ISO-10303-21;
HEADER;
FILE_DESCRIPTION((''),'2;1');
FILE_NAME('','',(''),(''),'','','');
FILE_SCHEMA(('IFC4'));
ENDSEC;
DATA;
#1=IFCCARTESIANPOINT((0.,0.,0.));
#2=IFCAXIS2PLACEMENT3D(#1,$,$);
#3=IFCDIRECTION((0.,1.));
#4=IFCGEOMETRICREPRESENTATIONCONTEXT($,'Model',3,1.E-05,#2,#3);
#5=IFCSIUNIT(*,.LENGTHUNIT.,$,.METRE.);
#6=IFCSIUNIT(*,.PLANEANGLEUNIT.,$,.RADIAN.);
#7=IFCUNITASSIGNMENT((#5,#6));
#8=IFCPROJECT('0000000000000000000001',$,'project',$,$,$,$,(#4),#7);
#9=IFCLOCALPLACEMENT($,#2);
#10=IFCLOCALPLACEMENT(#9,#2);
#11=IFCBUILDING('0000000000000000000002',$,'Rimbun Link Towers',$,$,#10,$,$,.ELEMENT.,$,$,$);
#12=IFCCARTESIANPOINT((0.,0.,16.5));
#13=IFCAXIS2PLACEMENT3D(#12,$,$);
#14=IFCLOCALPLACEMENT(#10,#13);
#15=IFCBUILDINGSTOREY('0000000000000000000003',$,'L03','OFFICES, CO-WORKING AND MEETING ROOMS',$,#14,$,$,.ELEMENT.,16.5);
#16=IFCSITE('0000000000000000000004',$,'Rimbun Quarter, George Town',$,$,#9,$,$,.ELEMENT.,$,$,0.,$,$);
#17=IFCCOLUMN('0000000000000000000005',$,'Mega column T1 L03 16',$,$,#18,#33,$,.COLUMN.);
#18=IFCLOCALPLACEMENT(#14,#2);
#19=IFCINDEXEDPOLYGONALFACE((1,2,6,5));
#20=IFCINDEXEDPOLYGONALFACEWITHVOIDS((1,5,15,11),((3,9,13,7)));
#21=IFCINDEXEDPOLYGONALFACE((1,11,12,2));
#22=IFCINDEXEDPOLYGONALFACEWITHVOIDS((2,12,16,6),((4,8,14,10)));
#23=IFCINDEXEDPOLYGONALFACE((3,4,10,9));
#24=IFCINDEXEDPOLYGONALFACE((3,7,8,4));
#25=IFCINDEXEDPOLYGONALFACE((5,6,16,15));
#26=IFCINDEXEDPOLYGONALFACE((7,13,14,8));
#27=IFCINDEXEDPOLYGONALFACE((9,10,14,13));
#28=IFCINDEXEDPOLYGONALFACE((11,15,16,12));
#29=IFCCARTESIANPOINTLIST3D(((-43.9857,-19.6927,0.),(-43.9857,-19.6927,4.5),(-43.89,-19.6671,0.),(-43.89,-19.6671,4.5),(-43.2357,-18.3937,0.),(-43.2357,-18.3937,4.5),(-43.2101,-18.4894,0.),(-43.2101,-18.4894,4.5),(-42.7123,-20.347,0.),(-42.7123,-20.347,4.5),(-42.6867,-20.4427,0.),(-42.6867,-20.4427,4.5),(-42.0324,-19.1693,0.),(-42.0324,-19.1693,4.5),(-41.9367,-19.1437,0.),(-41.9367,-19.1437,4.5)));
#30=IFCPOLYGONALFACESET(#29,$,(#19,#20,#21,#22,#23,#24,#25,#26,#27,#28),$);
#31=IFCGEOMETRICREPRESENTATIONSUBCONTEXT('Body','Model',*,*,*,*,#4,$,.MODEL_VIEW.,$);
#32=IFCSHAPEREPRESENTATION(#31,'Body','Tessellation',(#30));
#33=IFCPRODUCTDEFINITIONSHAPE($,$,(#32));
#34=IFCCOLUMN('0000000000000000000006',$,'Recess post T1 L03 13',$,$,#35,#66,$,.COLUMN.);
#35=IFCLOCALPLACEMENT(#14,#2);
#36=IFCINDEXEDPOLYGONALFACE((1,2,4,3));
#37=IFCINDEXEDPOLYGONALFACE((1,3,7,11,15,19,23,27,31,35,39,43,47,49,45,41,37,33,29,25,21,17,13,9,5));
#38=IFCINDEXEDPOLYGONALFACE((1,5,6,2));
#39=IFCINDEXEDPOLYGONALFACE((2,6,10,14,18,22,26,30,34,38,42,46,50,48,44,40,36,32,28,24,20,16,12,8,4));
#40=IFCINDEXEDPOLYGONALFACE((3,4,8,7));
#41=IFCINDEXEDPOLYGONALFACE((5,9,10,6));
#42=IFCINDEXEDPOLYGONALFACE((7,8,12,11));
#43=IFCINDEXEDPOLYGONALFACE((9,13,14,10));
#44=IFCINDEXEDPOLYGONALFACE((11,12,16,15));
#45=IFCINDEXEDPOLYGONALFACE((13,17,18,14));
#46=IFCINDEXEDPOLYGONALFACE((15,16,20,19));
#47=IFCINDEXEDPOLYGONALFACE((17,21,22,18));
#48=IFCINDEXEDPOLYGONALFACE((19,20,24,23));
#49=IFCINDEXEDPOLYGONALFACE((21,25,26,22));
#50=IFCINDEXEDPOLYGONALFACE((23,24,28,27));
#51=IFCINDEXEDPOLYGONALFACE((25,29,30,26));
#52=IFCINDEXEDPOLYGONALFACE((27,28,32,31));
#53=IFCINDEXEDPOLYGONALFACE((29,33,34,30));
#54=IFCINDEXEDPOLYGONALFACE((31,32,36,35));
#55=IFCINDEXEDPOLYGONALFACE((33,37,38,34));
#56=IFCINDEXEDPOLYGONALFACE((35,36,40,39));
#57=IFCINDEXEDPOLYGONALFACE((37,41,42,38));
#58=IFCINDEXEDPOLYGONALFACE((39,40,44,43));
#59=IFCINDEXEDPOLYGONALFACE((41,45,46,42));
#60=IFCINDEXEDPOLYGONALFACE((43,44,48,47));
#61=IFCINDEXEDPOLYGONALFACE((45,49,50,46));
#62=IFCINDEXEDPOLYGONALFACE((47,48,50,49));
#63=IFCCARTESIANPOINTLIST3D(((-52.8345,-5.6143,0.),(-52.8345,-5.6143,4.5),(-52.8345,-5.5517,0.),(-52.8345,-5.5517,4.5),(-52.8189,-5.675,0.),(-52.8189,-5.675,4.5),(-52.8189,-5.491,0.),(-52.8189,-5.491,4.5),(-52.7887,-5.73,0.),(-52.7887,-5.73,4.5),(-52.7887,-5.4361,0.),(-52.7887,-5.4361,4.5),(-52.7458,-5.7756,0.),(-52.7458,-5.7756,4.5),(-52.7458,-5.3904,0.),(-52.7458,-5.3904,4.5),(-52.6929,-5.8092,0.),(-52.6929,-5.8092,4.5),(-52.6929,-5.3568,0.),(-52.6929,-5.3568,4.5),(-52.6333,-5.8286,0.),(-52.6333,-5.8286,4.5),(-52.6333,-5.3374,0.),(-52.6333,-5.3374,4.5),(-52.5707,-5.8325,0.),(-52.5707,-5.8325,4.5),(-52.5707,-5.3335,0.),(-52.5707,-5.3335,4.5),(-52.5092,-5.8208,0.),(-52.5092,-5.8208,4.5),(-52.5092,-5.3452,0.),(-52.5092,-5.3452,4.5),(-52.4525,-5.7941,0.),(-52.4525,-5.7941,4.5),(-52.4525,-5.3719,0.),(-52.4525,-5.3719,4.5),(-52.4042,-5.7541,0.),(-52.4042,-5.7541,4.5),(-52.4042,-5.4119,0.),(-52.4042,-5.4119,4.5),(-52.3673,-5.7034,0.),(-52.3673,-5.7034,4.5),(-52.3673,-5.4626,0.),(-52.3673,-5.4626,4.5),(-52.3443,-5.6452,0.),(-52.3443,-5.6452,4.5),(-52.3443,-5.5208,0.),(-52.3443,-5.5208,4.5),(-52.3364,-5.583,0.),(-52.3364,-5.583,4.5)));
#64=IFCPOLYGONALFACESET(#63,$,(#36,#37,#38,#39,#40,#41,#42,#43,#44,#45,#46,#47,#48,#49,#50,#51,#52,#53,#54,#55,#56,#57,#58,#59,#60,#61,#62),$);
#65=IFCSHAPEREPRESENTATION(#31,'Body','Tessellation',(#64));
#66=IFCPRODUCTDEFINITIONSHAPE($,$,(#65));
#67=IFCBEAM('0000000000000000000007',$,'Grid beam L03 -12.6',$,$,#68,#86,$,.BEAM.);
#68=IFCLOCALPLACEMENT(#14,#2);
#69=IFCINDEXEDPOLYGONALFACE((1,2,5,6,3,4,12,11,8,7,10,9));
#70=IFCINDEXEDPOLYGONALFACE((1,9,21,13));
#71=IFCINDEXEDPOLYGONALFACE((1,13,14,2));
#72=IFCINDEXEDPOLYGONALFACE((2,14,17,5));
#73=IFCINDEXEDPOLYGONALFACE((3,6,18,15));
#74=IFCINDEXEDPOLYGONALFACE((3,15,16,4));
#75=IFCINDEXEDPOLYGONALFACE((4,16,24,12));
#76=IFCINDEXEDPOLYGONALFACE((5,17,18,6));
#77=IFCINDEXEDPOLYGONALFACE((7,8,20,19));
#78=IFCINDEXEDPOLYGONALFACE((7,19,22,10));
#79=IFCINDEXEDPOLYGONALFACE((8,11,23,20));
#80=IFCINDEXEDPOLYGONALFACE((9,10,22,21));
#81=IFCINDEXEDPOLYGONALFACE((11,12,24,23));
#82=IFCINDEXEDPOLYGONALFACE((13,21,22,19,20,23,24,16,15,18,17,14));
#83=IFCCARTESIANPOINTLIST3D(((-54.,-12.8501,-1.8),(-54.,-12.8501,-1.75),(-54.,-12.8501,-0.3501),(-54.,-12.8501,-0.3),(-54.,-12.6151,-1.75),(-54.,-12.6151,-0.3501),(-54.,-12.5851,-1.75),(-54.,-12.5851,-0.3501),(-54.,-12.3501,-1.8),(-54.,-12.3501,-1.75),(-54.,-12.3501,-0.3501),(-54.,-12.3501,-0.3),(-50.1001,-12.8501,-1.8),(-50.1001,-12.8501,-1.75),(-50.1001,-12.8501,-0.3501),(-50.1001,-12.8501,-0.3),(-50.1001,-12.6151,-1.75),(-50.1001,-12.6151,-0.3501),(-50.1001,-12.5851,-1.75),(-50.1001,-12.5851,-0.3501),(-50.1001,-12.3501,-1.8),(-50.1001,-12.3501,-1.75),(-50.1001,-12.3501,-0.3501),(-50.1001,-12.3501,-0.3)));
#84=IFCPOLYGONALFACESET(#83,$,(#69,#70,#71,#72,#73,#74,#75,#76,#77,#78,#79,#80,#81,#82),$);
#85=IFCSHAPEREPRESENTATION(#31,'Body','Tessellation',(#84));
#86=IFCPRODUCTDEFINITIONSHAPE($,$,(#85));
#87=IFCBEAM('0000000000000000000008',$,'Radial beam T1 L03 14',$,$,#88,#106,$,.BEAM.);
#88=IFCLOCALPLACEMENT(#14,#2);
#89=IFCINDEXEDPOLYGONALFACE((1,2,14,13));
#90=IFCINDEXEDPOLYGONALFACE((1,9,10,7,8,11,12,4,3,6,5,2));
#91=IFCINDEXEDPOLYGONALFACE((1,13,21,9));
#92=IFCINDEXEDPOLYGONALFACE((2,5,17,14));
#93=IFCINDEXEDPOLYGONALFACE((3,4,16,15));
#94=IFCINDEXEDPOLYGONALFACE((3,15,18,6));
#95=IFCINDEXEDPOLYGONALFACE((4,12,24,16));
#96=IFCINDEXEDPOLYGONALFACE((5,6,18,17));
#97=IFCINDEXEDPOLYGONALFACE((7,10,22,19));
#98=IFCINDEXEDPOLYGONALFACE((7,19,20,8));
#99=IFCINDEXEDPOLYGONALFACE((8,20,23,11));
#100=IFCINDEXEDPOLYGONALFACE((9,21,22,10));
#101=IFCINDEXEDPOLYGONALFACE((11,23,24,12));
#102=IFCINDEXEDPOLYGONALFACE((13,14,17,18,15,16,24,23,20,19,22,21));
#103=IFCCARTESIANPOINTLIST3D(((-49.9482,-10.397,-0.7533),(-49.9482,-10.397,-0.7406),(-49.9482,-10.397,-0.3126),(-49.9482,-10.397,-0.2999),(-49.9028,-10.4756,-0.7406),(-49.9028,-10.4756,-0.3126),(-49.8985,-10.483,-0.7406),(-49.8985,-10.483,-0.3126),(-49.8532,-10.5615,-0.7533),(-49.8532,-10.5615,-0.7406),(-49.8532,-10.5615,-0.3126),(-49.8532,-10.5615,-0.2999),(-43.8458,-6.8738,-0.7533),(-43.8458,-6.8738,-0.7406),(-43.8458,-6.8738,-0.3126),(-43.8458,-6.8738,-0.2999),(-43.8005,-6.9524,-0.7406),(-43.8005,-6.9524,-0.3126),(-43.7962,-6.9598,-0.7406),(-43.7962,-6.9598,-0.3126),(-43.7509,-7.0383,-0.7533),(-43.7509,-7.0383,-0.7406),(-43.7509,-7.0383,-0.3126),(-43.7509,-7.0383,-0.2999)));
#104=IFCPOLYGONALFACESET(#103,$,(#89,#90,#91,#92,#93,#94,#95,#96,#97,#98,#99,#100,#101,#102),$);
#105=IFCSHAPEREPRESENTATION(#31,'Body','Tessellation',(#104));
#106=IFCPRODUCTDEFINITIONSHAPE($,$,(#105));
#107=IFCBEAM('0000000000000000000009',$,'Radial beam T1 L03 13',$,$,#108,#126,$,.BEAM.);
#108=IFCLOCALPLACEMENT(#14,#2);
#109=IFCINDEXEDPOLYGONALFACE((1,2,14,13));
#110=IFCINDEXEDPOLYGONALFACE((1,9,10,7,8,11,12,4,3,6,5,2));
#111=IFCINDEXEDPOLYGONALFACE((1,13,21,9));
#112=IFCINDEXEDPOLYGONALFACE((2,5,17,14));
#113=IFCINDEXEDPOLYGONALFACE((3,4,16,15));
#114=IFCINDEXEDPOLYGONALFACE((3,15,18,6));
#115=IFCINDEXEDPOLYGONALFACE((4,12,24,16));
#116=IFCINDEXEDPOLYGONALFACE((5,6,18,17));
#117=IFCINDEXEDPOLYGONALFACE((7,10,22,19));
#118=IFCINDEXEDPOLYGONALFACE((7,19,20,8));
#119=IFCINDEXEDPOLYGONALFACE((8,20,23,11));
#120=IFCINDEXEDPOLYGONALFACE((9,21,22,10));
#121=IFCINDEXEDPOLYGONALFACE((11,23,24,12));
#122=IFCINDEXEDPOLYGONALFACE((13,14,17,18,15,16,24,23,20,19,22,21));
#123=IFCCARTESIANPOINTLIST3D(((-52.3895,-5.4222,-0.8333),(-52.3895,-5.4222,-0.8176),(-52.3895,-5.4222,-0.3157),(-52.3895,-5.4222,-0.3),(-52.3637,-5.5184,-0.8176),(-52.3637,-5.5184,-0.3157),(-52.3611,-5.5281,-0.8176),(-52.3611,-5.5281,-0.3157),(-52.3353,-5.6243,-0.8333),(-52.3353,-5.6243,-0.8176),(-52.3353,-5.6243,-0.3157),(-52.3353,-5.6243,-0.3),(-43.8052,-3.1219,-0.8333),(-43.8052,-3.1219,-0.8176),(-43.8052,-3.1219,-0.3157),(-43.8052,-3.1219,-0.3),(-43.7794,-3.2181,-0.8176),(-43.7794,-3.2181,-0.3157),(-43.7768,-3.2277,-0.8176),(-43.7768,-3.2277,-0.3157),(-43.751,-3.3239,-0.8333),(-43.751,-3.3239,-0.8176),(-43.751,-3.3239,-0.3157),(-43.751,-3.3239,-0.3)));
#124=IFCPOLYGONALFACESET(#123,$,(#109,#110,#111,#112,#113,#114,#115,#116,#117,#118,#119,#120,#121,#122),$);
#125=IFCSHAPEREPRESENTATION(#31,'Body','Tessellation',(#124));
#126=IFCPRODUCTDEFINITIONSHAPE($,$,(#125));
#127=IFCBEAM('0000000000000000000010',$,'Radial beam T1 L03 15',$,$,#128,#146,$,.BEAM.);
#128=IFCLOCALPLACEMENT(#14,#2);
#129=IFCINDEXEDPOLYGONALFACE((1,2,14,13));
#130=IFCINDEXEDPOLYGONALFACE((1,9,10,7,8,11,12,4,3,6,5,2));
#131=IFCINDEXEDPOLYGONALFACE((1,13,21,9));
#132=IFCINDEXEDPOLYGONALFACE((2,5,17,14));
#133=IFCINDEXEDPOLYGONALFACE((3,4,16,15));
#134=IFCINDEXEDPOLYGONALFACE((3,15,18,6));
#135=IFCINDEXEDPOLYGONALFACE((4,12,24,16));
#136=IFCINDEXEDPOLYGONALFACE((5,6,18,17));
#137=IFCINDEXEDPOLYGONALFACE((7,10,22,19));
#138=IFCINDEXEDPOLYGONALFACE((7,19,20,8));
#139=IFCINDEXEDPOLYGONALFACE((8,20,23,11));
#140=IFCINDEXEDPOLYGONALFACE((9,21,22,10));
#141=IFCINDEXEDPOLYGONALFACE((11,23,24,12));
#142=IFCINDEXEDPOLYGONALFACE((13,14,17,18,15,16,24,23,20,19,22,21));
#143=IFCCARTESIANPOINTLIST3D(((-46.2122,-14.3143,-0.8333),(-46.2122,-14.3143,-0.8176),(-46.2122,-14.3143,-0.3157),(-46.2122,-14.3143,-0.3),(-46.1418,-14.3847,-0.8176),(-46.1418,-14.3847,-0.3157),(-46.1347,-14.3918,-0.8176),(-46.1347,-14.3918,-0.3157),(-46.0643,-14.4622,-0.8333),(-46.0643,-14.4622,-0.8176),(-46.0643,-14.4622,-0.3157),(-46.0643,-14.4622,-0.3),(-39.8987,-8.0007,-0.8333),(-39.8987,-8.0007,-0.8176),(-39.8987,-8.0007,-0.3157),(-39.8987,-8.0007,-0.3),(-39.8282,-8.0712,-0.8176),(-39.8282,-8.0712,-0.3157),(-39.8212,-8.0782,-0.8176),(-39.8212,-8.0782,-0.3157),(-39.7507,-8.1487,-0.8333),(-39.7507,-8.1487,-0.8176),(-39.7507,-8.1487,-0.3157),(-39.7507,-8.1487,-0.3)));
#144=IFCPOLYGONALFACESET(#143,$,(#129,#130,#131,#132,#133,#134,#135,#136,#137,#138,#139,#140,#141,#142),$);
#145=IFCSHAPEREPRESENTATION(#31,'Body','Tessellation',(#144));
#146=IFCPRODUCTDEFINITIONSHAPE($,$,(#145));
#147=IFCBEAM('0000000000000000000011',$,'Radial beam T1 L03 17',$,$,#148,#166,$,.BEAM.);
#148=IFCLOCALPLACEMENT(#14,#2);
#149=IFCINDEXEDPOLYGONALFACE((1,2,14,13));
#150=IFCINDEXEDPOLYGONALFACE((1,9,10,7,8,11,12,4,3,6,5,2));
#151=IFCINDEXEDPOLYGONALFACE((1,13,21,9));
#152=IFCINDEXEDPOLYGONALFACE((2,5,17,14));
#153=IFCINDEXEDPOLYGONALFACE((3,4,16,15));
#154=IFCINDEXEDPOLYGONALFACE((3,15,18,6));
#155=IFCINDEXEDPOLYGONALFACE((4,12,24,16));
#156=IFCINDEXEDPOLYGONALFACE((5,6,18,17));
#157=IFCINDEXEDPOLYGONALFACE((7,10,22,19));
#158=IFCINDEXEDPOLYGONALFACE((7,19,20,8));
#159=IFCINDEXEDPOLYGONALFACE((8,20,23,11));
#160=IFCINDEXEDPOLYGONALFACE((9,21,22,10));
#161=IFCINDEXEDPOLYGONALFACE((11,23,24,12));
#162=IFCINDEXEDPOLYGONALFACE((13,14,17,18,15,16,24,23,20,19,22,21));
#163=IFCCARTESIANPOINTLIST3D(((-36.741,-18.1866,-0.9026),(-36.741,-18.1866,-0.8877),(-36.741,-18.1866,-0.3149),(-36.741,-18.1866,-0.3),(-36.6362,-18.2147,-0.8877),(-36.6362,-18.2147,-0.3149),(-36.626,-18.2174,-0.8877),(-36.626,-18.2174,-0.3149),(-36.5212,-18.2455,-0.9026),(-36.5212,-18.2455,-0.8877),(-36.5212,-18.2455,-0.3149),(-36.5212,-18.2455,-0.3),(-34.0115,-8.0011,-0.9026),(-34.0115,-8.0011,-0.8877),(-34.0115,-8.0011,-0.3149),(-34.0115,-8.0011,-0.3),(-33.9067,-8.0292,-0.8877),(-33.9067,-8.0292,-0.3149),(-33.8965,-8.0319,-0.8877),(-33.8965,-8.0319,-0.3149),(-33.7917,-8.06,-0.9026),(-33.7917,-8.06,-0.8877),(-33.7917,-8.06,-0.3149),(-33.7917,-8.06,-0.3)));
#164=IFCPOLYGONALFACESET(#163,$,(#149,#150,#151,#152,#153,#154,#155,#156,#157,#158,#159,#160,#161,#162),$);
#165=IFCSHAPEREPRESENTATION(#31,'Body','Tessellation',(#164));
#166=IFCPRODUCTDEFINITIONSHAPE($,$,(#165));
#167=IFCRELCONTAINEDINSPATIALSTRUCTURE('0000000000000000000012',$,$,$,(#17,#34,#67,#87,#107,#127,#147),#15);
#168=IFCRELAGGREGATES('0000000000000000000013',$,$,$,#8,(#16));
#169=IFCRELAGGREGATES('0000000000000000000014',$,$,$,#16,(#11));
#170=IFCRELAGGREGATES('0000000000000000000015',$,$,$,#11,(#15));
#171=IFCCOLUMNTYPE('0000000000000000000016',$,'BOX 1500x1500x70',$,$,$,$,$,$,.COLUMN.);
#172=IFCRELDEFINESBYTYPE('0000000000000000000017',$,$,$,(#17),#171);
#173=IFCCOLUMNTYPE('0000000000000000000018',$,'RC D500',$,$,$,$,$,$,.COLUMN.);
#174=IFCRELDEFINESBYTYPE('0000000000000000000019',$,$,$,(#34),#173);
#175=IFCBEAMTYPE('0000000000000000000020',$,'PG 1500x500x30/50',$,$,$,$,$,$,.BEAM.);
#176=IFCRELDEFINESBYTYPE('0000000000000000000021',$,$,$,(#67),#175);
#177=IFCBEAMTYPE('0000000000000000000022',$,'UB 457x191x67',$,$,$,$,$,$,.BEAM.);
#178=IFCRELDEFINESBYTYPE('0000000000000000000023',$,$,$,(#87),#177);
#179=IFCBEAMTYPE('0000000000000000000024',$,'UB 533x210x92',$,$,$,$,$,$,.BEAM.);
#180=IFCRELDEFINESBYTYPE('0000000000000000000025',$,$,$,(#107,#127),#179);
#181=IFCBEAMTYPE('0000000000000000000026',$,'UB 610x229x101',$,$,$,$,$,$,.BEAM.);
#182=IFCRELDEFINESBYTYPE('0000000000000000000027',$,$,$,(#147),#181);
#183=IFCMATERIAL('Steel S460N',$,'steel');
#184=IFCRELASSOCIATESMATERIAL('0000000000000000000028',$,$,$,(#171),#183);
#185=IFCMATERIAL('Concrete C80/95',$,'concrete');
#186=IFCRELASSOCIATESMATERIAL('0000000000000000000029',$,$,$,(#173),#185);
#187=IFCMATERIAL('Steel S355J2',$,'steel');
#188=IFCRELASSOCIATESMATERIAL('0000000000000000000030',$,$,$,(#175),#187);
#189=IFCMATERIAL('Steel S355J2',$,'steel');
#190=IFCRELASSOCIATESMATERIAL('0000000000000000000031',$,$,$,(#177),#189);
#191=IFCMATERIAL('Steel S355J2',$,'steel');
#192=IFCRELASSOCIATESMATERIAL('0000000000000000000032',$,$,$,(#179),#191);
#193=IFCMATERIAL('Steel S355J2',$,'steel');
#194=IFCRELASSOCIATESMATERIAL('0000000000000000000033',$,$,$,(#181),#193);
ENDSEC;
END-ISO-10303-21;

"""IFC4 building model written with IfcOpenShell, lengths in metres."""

from ifc_helpers import new_model, si_unit, direction, frame, origin, origin_2d, place, context, subcontext, project, spatial, hollow_rectangle, circle, i_section, extrude, material, material_profile, profile_set, type_object, element, save


model = new_model("IFC4")

# Units and contexts
model_context = context("Model", 3, precision=1e-05, world=origin(), true_north=direction((0.0, 1.0)))
body_context = subcontext(model_context, "Body", "Model", "MODEL_VIEW")
ifc_project = project(units=[si_unit("LENGTHUNIT", "METRE"), si_unit("PLANEANGLEUNIT", "RADIAN")], contexts=[model_context])

# Site, building, storey
site_placement = place(None, origin())
site = spatial("IfcSite", under=ifc_project, at=site_placement, Name="Rimbun Quarter, George Town", CompositionType="ELEMENT", RefElevation=0.0)
building_placement = place(site_placement, origin())
building = spatial("IfcBuilding", under=site, at=building_placement, Name="Rimbun Link Towers", CompositionType="ELEMENT")
storey_placement = place(building_placement, frame((0.0, 0.0, 16.5)))
storey = spatial("IfcBuildingStorey", under=building, at=storey_placement, Name="L03", Description="OFFICES, CO-WORKING AND MEETING ROOMS", CompositionType="ELEMENT", Elevation=16.5)

# Columns
ifc_material_1 = material(Name="Steel S460N", Category="steel")
ifc_material_profile_1 = material_profile(ifc_material_1, hollow_rectangle(XDim=1.5, YDim=1.5, WallThickness=0.0701, at=origin_2d()), Name="BOX 1500x1500x70")
ifc_profile_set_1 = profile_set([ifc_material_profile_1], Name="Steel S460N")
column_type_1 = type_object("IfcColumnType", Name="BOX 1500x1500x70", PredefinedType="COLUMN", material=ifc_profile_set_1)
column_1_placement = place(storey_placement, frame((-42.9612, -19.4182, 0.0), z_axis=(0.0, 0.0, 1.0), x_axis=(-0.5, -0.866025, 0.0)))
element("IfcColumn", 1, at=column_1_placement, inside=storey, type_object=column_type_1, Name="Mega column T1 L03 16", PredefinedType="COLUMN", context=body_context, shape_type="SweptSolid", body=[
    extrude(hollow_rectangle(XDim=1.5, YDim=1.5, WallThickness=0.0701, at=origin_2d()), origin(), (0.0, 0.0, 1.0), 4.5),
])
ifc_material_2 = material(Name="Concrete C80/95", Category="concrete")
ifc_material_profile_2 = material_profile(ifc_material_2, circle(Radius=0.25, at=origin_2d()), Name="RC D500")
ifc_profile_set_2 = profile_set([ifc_material_profile_2], Name="Concrete C80/95")
column_type_2 = type_object("IfcColumnType", Name="RC D500", PredefinedType="COLUMN", material=ifc_profile_set_2)
column_2_placement = place(storey_placement, frame((-52.5864, -5.583, 0.0), z_axis=(0.0, 0.0, 1.0), x_axis=(1.0, 0.0, 0.0)))
element("IfcColumn", 2, at=column_2_placement, inside=storey, type_object=column_type_2, Name="Recess post T1 L03 13", PredefinedType="COLUMN", context=body_context, shape_type="SweptSolid", body=[
    extrude(circle(Radius=0.25, at=origin_2d()), origin(), (0.0, 0.0, 1.0), 4.5),
])

# Beams
ifc_material_3 = material(Name="Steel S355J2", Category="steel")
ifc_material_profile_3 = material_profile(ifc_material_3, i_section(OverallWidth=0.5, OverallDepth=1.5, WebThickness=0.03, FlangeThickness=0.05, at=origin_2d()), Name="PG 1500x500x30/50")
ifc_profile_set_3 = profile_set([ifc_material_profile_3], Name="Steel S355J2")
beam_type_1 = type_object("IfcBeamType", Name="PG 1500x500x30/50", PredefinedType="BEAM", material=ifc_profile_set_3)
beam_1_placement = place(storey_placement, frame((-54.0, -12.6001, -1.05), z_axis=(1.0, 0.0, 0.0), x_axis=(0.0, 1.0, 0.0)))
element("IfcBeam", 3, at=beam_1_placement, inside=storey, type_object=beam_type_1, Name="Grid beam L03 -12.6", PredefinedType="BEAM", context=body_context, shape_type="SweptSolid", body=[
    extrude(i_section(OverallWidth=0.5, OverallDepth=1.5, WebThickness=0.03, FlangeThickness=0.05, at=origin_2d()), origin(), (0.0, 0.0, 1.0), 3.8999),
])
ifc_material_4 = material(Name="Steel S355J2", Category="steel")
ifc_material_profile_4 = material_profile(ifc_material_4, i_section(OverallWidth=0.1899, OverallDepth=0.4534, WebThickness=0.0085, FlangeThickness=0.0127, at=origin_2d()), Name="UB 457x191x67")
ifc_profile_set_4 = profile_set([ifc_material_profile_4], Name="Steel S355J2")
beam_type_2 = type_object("IfcBeamType", Name="UB 457x191x67", PredefinedType="BEAM", material=ifc_profile_set_4)
beam_2_placement = place(storey_placement, frame((-43.7983, -6.9561, -0.5266), z_axis=(-0.866023, -0.500003, 0.0), x_axis=(0.500003, -0.866023, 0.0)))
element("IfcBeam", 4, at=beam_2_placement, inside=storey, type_object=beam_type_2, Name="Radial beam T1 L03 14", PredefinedType="BEAM", context=body_context, shape_type="SweptSolid", body=[
    extrude(i_section(OverallWidth=0.1899, OverallDepth=0.4534, WebThickness=0.0085, FlangeThickness=0.0127, at=origin_2d()), origin(), (0.0, 0.0, 1.0), 7.0464),
])
ifc_material_5 = material(Name="Steel S355J2", Category="steel")
ifc_material_profile_5 = material_profile(ifc_material_5, i_section(OverallWidth=0.2092, OverallDepth=0.5332, WebThickness=0.01, FlangeThickness=0.0156, at=origin_2d()), Name="UB 533x210x92")
ifc_profile_set_5 = profile_set([ifc_material_profile_5], Name="Steel S355J2")
beam_type_3 = type_object("IfcBeamType", Name="UB 533x210x92", PredefinedType="BEAM", material=ifc_profile_set_5)
beam_3_placement = place(storey_placement, frame((-43.7781, -3.2229, -0.5667), z_axis=(-0.965921, -0.258835, 0.0), x_axis=(0.258835, -0.965921, 0.0)))
element("IfcBeam", 5, at=beam_3_placement, inside=storey, type_object=beam_type_3, Name="Radial beam T1 L03 13", PredefinedType="BEAM", context=body_context, shape_type="SweptSolid", body=[
    extrude(i_section(OverallWidth=0.2092, OverallDepth=0.5332, WebThickness=0.01, FlangeThickness=0.0156, at=origin_2d()), origin(), (0.0, 0.0, 1.0), 8.8872),
])
beam_4_placement = place(storey_placement, frame((-39.8247, -8.0747, -0.5667), z_axis=(-0.707107, -0.707107, 0.0), x_axis=(0.707107, -0.707107, 0.0)))
element("IfcBeam", 6, at=beam_4_placement, inside=storey, type_object=beam_type_3, Name="Radial beam T1 L03 15", PredefinedType="BEAM", context=body_context, shape_type="SweptSolid", body=[
    extrude(i_section(OverallWidth=0.2092, OverallDepth=0.5332, WebThickness=0.01, FlangeThickness=0.0156, at=origin_2d()), origin(), (0.0, 0.0, 1.0), 8.9287),
])
ifc_material_6 = material(Name="Steel S355J2", Category="steel")
ifc_material_profile_6 = material_profile(ifc_material_6, i_section(OverallWidth=0.2275, OverallDepth=0.6025, WebThickness=0.0105, FlangeThickness=0.0149, at=origin_2d()), Name="UB 610x229x101")
ifc_profile_set_6 = profile_set([ifc_material_profile_6], Name="Steel S355J2")
beam_type_4 = type_object("IfcBeamType", Name="UB 610x229x101", PredefinedType="BEAM", material=ifc_profile_set_6)
beam_5_placement = place(storey_placement, frame((-33.9016, -8.0305, -0.6013), z_axis=(-0.258844, -0.965919, 0.0), x_axis=(0.965919, -0.258844, 0.0)))
element("IfcBeam", 7, at=beam_5_placement, inside=storey, type_object=beam_type_4, Name="Radial beam T1 L03 17", PredefinedType="BEAM", context=body_context, shape_type="SweptSolid", body=[
    extrude(i_section(OverallWidth=0.2275, OverallDepth=0.6025, WebThickness=0.0105, FlangeThickness=0.0149, at=origin_2d()), origin(), (0.0, 0.0, 1.0), 10.5449),
])

save(model, "model.ifc")
